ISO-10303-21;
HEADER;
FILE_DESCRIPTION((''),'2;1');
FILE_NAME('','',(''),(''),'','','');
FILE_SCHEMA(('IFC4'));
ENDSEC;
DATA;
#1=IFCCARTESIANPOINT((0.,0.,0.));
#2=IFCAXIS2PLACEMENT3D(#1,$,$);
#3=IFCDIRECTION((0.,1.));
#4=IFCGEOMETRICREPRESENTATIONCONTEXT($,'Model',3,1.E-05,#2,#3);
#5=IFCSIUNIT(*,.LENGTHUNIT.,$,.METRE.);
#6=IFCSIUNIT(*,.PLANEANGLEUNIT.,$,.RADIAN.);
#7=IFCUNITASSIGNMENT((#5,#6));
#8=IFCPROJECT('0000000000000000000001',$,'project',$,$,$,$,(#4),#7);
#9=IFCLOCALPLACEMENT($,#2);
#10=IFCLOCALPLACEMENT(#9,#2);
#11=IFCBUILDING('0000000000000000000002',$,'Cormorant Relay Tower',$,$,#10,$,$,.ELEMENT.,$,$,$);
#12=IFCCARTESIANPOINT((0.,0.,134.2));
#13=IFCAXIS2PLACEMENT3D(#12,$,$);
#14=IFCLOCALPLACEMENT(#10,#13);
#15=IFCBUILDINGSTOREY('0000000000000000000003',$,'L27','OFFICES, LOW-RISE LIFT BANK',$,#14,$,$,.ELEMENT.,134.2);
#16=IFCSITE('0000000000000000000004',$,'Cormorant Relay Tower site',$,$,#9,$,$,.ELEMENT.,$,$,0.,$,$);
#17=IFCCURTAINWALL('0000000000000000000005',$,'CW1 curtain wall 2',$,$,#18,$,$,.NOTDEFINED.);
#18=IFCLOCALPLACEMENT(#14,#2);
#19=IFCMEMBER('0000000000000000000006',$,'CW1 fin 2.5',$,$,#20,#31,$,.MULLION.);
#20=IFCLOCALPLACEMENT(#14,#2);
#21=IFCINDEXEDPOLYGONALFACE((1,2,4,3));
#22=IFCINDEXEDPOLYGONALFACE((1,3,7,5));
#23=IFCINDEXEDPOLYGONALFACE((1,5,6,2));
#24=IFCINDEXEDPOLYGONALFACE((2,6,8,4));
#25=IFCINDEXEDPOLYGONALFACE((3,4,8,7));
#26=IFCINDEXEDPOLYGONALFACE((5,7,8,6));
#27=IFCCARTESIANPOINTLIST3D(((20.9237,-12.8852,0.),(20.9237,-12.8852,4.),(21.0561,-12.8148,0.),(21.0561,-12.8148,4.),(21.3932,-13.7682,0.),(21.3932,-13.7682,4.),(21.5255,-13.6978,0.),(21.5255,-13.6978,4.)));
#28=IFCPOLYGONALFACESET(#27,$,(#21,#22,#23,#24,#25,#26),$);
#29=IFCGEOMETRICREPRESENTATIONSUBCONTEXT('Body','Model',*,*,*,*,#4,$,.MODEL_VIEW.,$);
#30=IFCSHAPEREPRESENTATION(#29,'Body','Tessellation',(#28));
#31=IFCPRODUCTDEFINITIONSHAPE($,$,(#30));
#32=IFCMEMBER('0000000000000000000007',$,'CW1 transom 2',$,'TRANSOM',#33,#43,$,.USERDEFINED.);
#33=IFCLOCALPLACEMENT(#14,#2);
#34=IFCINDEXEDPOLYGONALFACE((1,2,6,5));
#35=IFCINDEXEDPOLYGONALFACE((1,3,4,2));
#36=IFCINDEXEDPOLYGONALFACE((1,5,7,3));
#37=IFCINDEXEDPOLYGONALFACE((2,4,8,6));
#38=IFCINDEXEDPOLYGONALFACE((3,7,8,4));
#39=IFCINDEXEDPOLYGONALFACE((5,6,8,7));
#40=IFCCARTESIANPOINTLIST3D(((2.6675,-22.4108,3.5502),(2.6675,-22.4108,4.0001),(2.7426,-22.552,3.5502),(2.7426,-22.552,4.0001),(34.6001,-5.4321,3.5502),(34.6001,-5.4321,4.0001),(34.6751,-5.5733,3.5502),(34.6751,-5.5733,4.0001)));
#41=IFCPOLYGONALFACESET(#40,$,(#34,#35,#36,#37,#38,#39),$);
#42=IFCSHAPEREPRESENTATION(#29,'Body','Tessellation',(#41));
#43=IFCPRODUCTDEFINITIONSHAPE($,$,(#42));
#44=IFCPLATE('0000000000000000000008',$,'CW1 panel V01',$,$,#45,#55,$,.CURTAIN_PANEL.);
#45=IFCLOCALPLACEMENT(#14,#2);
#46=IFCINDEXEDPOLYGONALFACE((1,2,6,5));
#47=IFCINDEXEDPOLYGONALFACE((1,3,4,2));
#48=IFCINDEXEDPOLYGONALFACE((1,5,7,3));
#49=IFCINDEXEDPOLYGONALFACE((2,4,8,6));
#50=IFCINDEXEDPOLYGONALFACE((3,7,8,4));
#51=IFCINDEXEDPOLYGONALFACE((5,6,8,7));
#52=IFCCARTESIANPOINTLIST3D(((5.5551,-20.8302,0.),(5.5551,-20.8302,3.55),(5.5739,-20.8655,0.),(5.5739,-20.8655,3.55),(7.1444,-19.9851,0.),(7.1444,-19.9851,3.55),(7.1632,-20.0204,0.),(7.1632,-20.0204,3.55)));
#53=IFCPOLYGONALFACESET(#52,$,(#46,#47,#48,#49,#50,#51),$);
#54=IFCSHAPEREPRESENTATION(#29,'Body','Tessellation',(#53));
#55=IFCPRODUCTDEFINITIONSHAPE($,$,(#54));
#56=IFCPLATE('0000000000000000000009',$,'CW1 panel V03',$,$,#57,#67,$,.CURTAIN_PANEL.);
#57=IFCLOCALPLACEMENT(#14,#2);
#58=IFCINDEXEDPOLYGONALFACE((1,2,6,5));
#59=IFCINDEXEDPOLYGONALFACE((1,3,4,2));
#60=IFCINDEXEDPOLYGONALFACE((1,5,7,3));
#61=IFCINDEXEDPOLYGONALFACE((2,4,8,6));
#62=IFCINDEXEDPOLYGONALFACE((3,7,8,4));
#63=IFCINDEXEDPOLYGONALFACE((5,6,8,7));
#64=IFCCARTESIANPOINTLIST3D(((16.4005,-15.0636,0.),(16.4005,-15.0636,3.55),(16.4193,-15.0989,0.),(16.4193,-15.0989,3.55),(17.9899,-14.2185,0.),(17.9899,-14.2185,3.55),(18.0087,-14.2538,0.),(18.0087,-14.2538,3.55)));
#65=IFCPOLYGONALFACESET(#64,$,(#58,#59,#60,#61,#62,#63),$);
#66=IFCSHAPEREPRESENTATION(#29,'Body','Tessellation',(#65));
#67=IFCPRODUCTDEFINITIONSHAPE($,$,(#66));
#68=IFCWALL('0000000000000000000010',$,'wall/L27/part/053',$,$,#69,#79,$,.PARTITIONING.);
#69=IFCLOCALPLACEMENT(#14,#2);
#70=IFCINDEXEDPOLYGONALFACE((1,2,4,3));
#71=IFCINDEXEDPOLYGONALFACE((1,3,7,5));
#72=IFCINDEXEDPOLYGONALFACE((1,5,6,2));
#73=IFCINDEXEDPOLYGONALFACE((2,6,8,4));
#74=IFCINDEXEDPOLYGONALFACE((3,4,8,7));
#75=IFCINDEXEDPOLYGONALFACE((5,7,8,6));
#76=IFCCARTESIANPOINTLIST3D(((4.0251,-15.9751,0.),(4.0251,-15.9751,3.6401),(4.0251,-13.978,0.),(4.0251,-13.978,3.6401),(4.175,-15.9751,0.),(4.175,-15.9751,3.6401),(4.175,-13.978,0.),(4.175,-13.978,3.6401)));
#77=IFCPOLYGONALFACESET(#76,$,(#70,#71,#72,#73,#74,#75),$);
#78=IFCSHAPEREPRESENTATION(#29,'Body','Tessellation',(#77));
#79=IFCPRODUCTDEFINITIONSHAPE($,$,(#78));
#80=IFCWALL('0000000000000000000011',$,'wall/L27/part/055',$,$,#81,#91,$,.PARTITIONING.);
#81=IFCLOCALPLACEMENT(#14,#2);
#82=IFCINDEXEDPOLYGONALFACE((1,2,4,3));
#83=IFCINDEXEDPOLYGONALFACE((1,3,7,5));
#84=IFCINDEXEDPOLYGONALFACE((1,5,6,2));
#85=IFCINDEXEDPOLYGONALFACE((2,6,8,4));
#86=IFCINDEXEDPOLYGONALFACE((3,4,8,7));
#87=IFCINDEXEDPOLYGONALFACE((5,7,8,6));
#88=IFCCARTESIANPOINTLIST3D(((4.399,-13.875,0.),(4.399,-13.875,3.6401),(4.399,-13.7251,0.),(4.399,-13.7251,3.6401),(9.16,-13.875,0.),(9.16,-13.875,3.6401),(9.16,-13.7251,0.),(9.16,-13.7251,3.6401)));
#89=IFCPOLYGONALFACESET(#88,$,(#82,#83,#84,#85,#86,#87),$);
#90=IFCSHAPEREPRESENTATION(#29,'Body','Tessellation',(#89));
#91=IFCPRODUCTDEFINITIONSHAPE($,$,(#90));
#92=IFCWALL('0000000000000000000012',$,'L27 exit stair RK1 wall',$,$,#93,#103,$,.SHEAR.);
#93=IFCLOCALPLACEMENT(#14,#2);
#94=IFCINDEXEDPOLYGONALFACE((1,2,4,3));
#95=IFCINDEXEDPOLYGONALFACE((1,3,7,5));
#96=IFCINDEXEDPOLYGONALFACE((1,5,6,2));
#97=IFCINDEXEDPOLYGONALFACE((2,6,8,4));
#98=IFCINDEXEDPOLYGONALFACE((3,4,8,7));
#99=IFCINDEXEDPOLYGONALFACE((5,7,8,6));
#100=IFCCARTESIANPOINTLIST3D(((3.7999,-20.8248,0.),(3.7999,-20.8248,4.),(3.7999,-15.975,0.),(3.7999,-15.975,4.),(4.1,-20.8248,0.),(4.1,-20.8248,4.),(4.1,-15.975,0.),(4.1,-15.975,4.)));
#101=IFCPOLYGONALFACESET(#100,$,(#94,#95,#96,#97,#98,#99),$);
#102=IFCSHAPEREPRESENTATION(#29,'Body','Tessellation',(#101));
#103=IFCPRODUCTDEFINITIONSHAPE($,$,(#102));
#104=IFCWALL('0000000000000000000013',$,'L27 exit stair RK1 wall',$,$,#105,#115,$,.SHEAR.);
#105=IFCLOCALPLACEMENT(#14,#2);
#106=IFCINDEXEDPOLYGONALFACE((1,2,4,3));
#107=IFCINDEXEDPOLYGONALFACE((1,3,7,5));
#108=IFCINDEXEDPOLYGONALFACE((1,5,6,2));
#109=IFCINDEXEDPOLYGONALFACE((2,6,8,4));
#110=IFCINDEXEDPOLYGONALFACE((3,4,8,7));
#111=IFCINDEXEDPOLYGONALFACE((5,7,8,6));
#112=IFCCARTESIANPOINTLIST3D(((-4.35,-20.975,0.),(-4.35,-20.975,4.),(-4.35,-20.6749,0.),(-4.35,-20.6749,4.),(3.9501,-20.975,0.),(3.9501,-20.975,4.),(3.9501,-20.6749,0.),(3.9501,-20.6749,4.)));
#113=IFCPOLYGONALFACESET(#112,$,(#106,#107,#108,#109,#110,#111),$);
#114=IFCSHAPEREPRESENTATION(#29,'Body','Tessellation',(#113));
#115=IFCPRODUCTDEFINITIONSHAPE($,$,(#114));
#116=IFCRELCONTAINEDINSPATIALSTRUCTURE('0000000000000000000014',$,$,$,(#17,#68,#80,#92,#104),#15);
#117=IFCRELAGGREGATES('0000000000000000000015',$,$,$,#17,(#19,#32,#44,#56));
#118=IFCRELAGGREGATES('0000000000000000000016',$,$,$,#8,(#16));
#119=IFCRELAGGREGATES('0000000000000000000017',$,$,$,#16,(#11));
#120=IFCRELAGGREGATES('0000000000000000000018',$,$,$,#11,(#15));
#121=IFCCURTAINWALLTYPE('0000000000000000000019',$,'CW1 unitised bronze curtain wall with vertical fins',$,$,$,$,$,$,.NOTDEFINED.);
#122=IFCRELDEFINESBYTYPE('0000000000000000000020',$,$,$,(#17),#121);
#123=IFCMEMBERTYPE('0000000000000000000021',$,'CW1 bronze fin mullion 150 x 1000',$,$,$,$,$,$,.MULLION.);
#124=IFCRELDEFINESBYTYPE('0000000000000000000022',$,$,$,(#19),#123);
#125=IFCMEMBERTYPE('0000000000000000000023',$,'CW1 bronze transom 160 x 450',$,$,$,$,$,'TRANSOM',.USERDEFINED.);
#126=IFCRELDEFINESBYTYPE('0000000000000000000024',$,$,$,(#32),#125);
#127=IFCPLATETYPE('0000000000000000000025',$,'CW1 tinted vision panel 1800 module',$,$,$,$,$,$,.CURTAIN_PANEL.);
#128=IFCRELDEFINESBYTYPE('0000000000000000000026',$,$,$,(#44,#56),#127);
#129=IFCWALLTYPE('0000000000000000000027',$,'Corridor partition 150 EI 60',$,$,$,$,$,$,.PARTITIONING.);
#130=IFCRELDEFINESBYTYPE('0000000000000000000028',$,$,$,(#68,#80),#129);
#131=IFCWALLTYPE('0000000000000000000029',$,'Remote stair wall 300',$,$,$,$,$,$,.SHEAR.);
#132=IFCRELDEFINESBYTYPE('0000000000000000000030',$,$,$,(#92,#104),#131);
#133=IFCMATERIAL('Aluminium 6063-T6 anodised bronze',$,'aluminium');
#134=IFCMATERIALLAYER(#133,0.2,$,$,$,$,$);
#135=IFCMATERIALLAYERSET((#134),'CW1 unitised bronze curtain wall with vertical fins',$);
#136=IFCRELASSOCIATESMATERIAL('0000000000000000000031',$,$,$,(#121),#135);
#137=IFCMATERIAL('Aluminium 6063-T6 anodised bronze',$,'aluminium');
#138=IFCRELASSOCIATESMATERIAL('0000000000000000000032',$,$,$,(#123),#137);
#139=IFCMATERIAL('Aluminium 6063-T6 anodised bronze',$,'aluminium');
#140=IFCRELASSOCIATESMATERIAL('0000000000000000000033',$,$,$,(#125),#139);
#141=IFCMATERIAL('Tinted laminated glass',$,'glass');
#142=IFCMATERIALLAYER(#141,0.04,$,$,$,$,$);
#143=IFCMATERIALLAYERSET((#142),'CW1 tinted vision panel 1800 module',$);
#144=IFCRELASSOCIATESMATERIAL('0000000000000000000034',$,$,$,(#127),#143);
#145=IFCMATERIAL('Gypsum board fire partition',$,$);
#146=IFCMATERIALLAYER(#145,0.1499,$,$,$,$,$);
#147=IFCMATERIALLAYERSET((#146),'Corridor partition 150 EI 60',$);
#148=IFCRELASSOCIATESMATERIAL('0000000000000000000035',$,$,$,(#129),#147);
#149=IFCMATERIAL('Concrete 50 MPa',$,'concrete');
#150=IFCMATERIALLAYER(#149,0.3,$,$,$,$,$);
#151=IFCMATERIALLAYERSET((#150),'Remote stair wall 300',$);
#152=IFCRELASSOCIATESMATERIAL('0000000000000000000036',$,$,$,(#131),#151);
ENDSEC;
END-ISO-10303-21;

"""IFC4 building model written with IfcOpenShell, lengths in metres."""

from ifc_helpers import new_model, si_unit, direction, frame, frame_2d, origin, origin_2d, place, context, subcontext, project, spatial, rectangle, extrude, material, layer, layer_set, material_profile, profile_set, type_object, element, aggregate, save


model = new_model("IFC4")

# Units and contexts
model_context = context("Model", 3, precision=1e-05, world=origin(), true_north=direction((0.0, 1.0)))
body_context = subcontext(model_context, "Body", "Model", "MODEL_VIEW")
ifc_project = project(units=[si_unit("LENGTHUNIT", "METRE"), si_unit("PLANEANGLEUNIT", "RADIAN")], contexts=[model_context])

# Site, building, storey
site_placement = place(None, origin())
site = spatial("IfcSite", under=ifc_project, at=site_placement, Name="Cormorant Relay Tower site", CompositionType="ELEMENT", RefElevation=0.0)
building_placement = place(site_placement, origin())
building = spatial("IfcBuilding", under=site, at=building_placement, Name="Cormorant Relay Tower", CompositionType="ELEMENT")
storey_placement = place(building_placement, frame((0.0, 0.0, 134.2)))
storey = spatial("IfcBuildingStorey", under=building, at=storey_placement, Name="L27", Description="OFFICES, LOW-RISE LIFT BANK", CompositionType="ELEMENT", Elevation=134.2)

# Curtain wall, members, plates
ifc_material_1 = material(Name="Aluminium 6063-T6 anodised bronze", Category="aluminium")
ifc_layer_1 = layer(ifc_material_1, 0.2)
ifc_layer_set_1 = layer_set([ifc_layer_1], Name="CW1 unitised bronze curtain wall with vertical fins")
curtain_wall_type = type_object("IfcCurtainWallType", Name="CW1 unitised bronze curtain wall with vertical fins", PredefinedType="NOTDEFINED", material=ifc_layer_set_1)
curtain_wall_1_placement = place(storey_placement, origin())
curtain_wall_1 = element("IfcCurtainWall", 1, at=curtain_wall_1_placement, inside=storey, type_object=curtain_wall_type, Name="CW1 curtain wall 2", PredefinedType="NOTDEFINED")
ifc_material_2 = material(Name="Aluminium 6063-T6 anodised bronze", Category="aluminium")
ifc_material_profile_1 = material_profile(ifc_material_2, rectangle(XDim=0.1499, YDim=1.0, at=origin_2d()), Name="AL 150x1000")
ifc_profile_set_1 = profile_set([ifc_material_profile_1], Name="Aluminium 6063-T6 anodised bronze")
member_type_1 = type_object("IfcMemberType", Name="CW1 bronze fin mullion 150 x 1000", PredefinedType="MULLION", material=ifc_profile_set_1)
member_1_placement = place(storey_placement, frame((21.2246, -13.2915, 0.0), z_axis=(0.0, 0.0, 1.0), x_axis=(0.882948, 0.469472, 0.0)))
member_1 = element("IfcMember", 2, at=member_1_placement, type_object=member_type_1, Name="CW1 fin 2.5", PredefinedType="MULLION", context=body_context, shape_type="SweptSolid", body=[
    extrude(rectangle(XDim=0.1499, YDim=1.0, at=origin_2d()), origin(), (0.0, 0.0, 1.0), 4.0),
])
ifc_material_3 = material(Name="Aluminium 6063-T6 anodised bronze", Category="aluminium")
ifc_material_profile_2 = material_profile(ifc_material_3, rectangle(XDim=0.1599, YDim=0.45, at=origin_2d()), Name="AL 160x450")
ifc_profile_set_2 = profile_set([ifc_material_profile_2], Name="Aluminium 6063-T6 anodised bronze")
member_type_2 = type_object("IfcMemberType", Name="CW1 bronze transom 160 x 450", ElementType="TRANSOM", PredefinedType="USERDEFINED", material=ifc_profile_set_2)
member_2_placement = place(storey_placement, frame((2.7051, -22.4814, 3.7751), z_axis=(0.882949, 0.469469, 0.0), x_axis=(-0.469469, 0.882949, 0.0)))
member_2 = element("IfcMember", 3, at=member_2_placement, type_object=member_type_2, Name="CW1 transom 2", ObjectType="TRANSOM", PredefinedType="USERDEFINED", context=body_context, shape_type="SweptSolid", body=[
    extrude(rectangle(XDim=0.1599, YDim=0.45, at=origin_2d()), origin(), (0.0, 0.0, 1.0), 36.1658),
])
ifc_material_4 = material(Name="Tinted laminated glass", Category="glass")
ifc_layer_2 = layer(ifc_material_4, 0.04)
ifc_layer_set_2 = layer_set([ifc_layer_2], Name="CW1 tinted vision panel 1800 module")
plate_type = type_object("IfcPlateType", Name="CW1 tinted vision panel 1800 module", PredefinedType="CURTAIN_PANEL", material=ifc_layer_set_2)
plate_1_placement = place(storey_placement, frame((6.3591, -20.4253, 0.0), z_axis=(0.0, 0.0, 1.0), x_axis=(0.882948, 0.469472, 0.0)))
plate_1 = element("IfcPlate", 4, at=plate_1_placement, type_object=plate_type, Name="CW1 panel V01", PredefinedType="CURTAIN_PANEL", context=body_context, shape_type="SweptSolid", body=[
    extrude(rectangle(XDim=1.8, YDim=0.04, at=origin_2d()), origin(), (0.0, 0.0, 1.0), 3.55),
])
plate_2_placement = place(storey_placement, frame((17.2046, -14.6587, 0.0), z_axis=(0.0, 0.0, 1.0), x_axis=(0.882948, 0.469472, 0.0)))
plate_2 = element("IfcPlate", 5, at=plate_2_placement, type_object=plate_type, Name="CW1 panel V03", PredefinedType="CURTAIN_PANEL", context=body_context, shape_type="SweptSolid", body=[
    extrude(rectangle(XDim=1.8, YDim=0.04, at=origin_2d()), origin(), (0.0, 0.0, 1.0), 3.55),
])

# Walls
ifc_material_5 = material(Name="Gypsum board fire partition")
ifc_layer_3 = layer(ifc_material_5, 0.1499)
ifc_layer_set_3 = layer_set([ifc_layer_3], Name="Corridor partition 150 EI 60")
wall_type_1 = type_object("IfcWallType", Name="Corridor partition 150 EI 60", PredefinedType="PARTITIONING", material=ifc_layer_set_3)
wall_1_placement = place(storey_placement, frame((4.1001, -15.9751, 0.0), z_axis=(0.0, 0.0, 1.0), x_axis=(0.0, 1.0, 0.0)))
element("IfcWall", 6, at=wall_1_placement, inside=storey, type_object=wall_type_1, Name="wall/L27/part/053", PredefinedType="PARTITIONING", context=body_context, shape_type="SweptSolid", body=[
    extrude(rectangle(XDim=1.9971, YDim=0.1499, at=frame_2d((0.9985, 0.0))), origin(), (0.0, 0.0, 1.0), 3.6401),
])
wall_2_placement = place(storey_placement, frame((9.1599, -13.8, 0.0), z_axis=(0.0, 0.0, 1.0), x_axis=(-1.0, 0.0, 0.0)))
element("IfcWall", 7, at=wall_2_placement, inside=storey, type_object=wall_type_1, Name="wall/L27/part/055", PredefinedType="PARTITIONING", context=body_context, shape_type="SweptSolid", body=[
    extrude(rectangle(XDim=4.761, YDim=0.1499, at=frame_2d((2.3804, 0.0))), origin(), (0.0, 0.0, 1.0), 3.6401),
])
ifc_material_6 = material(Name="Concrete 50 MPa", Category="concrete")
ifc_layer_4 = layer(ifc_material_6, 0.3)
ifc_layer_set_4 = layer_set([ifc_layer_4], Name="Remote stair wall 300")
wall_type_2 = type_object("IfcWallType", Name="Remote stair wall 300", PredefinedType="SHEAR", material=ifc_layer_set_4)
wall_3_placement = place(storey_placement, frame((3.95, -15.9751, 0.0), z_axis=(0.0, 0.0, 1.0), x_axis=(0.0, -1.0, 0.0)))
element("IfcWall", 8, at=wall_3_placement, inside=storey, type_object=wall_type_2, Name="L27 exit stair RK1 wall", PredefinedType="SHEAR", context=body_context, shape_type="SweptSolid", body=[
    extrude(rectangle(XDim=4.8499, YDim=0.3, at=frame_2d((2.4248, 0.0))), origin(), (0.0, 0.0, 1.0), 4.0),
])
wall_4_placement = place(storey_placement, frame((3.95, -20.825, 0.0), z_axis=(0.0, 0.0, 1.0), x_axis=(-1.0, 0.0, 0.0)))
element("IfcWall", 9, at=wall_4_placement, inside=storey, type_object=wall_type_2, Name="L27 exit stair RK1 wall", PredefinedType="SHEAR", context=body_context, shape_type="SweptSolid", body=[
    extrude(rectangle(XDim=8.3, YDim=0.3, at=frame_2d((4.1499, 0.0))), origin(), (0.0, 0.0, 1.0), 4.0),
])

aggregate(curtain_wall_1, [member_1, member_2, plate_1, plate_2])

save(model, "model.ifc")
